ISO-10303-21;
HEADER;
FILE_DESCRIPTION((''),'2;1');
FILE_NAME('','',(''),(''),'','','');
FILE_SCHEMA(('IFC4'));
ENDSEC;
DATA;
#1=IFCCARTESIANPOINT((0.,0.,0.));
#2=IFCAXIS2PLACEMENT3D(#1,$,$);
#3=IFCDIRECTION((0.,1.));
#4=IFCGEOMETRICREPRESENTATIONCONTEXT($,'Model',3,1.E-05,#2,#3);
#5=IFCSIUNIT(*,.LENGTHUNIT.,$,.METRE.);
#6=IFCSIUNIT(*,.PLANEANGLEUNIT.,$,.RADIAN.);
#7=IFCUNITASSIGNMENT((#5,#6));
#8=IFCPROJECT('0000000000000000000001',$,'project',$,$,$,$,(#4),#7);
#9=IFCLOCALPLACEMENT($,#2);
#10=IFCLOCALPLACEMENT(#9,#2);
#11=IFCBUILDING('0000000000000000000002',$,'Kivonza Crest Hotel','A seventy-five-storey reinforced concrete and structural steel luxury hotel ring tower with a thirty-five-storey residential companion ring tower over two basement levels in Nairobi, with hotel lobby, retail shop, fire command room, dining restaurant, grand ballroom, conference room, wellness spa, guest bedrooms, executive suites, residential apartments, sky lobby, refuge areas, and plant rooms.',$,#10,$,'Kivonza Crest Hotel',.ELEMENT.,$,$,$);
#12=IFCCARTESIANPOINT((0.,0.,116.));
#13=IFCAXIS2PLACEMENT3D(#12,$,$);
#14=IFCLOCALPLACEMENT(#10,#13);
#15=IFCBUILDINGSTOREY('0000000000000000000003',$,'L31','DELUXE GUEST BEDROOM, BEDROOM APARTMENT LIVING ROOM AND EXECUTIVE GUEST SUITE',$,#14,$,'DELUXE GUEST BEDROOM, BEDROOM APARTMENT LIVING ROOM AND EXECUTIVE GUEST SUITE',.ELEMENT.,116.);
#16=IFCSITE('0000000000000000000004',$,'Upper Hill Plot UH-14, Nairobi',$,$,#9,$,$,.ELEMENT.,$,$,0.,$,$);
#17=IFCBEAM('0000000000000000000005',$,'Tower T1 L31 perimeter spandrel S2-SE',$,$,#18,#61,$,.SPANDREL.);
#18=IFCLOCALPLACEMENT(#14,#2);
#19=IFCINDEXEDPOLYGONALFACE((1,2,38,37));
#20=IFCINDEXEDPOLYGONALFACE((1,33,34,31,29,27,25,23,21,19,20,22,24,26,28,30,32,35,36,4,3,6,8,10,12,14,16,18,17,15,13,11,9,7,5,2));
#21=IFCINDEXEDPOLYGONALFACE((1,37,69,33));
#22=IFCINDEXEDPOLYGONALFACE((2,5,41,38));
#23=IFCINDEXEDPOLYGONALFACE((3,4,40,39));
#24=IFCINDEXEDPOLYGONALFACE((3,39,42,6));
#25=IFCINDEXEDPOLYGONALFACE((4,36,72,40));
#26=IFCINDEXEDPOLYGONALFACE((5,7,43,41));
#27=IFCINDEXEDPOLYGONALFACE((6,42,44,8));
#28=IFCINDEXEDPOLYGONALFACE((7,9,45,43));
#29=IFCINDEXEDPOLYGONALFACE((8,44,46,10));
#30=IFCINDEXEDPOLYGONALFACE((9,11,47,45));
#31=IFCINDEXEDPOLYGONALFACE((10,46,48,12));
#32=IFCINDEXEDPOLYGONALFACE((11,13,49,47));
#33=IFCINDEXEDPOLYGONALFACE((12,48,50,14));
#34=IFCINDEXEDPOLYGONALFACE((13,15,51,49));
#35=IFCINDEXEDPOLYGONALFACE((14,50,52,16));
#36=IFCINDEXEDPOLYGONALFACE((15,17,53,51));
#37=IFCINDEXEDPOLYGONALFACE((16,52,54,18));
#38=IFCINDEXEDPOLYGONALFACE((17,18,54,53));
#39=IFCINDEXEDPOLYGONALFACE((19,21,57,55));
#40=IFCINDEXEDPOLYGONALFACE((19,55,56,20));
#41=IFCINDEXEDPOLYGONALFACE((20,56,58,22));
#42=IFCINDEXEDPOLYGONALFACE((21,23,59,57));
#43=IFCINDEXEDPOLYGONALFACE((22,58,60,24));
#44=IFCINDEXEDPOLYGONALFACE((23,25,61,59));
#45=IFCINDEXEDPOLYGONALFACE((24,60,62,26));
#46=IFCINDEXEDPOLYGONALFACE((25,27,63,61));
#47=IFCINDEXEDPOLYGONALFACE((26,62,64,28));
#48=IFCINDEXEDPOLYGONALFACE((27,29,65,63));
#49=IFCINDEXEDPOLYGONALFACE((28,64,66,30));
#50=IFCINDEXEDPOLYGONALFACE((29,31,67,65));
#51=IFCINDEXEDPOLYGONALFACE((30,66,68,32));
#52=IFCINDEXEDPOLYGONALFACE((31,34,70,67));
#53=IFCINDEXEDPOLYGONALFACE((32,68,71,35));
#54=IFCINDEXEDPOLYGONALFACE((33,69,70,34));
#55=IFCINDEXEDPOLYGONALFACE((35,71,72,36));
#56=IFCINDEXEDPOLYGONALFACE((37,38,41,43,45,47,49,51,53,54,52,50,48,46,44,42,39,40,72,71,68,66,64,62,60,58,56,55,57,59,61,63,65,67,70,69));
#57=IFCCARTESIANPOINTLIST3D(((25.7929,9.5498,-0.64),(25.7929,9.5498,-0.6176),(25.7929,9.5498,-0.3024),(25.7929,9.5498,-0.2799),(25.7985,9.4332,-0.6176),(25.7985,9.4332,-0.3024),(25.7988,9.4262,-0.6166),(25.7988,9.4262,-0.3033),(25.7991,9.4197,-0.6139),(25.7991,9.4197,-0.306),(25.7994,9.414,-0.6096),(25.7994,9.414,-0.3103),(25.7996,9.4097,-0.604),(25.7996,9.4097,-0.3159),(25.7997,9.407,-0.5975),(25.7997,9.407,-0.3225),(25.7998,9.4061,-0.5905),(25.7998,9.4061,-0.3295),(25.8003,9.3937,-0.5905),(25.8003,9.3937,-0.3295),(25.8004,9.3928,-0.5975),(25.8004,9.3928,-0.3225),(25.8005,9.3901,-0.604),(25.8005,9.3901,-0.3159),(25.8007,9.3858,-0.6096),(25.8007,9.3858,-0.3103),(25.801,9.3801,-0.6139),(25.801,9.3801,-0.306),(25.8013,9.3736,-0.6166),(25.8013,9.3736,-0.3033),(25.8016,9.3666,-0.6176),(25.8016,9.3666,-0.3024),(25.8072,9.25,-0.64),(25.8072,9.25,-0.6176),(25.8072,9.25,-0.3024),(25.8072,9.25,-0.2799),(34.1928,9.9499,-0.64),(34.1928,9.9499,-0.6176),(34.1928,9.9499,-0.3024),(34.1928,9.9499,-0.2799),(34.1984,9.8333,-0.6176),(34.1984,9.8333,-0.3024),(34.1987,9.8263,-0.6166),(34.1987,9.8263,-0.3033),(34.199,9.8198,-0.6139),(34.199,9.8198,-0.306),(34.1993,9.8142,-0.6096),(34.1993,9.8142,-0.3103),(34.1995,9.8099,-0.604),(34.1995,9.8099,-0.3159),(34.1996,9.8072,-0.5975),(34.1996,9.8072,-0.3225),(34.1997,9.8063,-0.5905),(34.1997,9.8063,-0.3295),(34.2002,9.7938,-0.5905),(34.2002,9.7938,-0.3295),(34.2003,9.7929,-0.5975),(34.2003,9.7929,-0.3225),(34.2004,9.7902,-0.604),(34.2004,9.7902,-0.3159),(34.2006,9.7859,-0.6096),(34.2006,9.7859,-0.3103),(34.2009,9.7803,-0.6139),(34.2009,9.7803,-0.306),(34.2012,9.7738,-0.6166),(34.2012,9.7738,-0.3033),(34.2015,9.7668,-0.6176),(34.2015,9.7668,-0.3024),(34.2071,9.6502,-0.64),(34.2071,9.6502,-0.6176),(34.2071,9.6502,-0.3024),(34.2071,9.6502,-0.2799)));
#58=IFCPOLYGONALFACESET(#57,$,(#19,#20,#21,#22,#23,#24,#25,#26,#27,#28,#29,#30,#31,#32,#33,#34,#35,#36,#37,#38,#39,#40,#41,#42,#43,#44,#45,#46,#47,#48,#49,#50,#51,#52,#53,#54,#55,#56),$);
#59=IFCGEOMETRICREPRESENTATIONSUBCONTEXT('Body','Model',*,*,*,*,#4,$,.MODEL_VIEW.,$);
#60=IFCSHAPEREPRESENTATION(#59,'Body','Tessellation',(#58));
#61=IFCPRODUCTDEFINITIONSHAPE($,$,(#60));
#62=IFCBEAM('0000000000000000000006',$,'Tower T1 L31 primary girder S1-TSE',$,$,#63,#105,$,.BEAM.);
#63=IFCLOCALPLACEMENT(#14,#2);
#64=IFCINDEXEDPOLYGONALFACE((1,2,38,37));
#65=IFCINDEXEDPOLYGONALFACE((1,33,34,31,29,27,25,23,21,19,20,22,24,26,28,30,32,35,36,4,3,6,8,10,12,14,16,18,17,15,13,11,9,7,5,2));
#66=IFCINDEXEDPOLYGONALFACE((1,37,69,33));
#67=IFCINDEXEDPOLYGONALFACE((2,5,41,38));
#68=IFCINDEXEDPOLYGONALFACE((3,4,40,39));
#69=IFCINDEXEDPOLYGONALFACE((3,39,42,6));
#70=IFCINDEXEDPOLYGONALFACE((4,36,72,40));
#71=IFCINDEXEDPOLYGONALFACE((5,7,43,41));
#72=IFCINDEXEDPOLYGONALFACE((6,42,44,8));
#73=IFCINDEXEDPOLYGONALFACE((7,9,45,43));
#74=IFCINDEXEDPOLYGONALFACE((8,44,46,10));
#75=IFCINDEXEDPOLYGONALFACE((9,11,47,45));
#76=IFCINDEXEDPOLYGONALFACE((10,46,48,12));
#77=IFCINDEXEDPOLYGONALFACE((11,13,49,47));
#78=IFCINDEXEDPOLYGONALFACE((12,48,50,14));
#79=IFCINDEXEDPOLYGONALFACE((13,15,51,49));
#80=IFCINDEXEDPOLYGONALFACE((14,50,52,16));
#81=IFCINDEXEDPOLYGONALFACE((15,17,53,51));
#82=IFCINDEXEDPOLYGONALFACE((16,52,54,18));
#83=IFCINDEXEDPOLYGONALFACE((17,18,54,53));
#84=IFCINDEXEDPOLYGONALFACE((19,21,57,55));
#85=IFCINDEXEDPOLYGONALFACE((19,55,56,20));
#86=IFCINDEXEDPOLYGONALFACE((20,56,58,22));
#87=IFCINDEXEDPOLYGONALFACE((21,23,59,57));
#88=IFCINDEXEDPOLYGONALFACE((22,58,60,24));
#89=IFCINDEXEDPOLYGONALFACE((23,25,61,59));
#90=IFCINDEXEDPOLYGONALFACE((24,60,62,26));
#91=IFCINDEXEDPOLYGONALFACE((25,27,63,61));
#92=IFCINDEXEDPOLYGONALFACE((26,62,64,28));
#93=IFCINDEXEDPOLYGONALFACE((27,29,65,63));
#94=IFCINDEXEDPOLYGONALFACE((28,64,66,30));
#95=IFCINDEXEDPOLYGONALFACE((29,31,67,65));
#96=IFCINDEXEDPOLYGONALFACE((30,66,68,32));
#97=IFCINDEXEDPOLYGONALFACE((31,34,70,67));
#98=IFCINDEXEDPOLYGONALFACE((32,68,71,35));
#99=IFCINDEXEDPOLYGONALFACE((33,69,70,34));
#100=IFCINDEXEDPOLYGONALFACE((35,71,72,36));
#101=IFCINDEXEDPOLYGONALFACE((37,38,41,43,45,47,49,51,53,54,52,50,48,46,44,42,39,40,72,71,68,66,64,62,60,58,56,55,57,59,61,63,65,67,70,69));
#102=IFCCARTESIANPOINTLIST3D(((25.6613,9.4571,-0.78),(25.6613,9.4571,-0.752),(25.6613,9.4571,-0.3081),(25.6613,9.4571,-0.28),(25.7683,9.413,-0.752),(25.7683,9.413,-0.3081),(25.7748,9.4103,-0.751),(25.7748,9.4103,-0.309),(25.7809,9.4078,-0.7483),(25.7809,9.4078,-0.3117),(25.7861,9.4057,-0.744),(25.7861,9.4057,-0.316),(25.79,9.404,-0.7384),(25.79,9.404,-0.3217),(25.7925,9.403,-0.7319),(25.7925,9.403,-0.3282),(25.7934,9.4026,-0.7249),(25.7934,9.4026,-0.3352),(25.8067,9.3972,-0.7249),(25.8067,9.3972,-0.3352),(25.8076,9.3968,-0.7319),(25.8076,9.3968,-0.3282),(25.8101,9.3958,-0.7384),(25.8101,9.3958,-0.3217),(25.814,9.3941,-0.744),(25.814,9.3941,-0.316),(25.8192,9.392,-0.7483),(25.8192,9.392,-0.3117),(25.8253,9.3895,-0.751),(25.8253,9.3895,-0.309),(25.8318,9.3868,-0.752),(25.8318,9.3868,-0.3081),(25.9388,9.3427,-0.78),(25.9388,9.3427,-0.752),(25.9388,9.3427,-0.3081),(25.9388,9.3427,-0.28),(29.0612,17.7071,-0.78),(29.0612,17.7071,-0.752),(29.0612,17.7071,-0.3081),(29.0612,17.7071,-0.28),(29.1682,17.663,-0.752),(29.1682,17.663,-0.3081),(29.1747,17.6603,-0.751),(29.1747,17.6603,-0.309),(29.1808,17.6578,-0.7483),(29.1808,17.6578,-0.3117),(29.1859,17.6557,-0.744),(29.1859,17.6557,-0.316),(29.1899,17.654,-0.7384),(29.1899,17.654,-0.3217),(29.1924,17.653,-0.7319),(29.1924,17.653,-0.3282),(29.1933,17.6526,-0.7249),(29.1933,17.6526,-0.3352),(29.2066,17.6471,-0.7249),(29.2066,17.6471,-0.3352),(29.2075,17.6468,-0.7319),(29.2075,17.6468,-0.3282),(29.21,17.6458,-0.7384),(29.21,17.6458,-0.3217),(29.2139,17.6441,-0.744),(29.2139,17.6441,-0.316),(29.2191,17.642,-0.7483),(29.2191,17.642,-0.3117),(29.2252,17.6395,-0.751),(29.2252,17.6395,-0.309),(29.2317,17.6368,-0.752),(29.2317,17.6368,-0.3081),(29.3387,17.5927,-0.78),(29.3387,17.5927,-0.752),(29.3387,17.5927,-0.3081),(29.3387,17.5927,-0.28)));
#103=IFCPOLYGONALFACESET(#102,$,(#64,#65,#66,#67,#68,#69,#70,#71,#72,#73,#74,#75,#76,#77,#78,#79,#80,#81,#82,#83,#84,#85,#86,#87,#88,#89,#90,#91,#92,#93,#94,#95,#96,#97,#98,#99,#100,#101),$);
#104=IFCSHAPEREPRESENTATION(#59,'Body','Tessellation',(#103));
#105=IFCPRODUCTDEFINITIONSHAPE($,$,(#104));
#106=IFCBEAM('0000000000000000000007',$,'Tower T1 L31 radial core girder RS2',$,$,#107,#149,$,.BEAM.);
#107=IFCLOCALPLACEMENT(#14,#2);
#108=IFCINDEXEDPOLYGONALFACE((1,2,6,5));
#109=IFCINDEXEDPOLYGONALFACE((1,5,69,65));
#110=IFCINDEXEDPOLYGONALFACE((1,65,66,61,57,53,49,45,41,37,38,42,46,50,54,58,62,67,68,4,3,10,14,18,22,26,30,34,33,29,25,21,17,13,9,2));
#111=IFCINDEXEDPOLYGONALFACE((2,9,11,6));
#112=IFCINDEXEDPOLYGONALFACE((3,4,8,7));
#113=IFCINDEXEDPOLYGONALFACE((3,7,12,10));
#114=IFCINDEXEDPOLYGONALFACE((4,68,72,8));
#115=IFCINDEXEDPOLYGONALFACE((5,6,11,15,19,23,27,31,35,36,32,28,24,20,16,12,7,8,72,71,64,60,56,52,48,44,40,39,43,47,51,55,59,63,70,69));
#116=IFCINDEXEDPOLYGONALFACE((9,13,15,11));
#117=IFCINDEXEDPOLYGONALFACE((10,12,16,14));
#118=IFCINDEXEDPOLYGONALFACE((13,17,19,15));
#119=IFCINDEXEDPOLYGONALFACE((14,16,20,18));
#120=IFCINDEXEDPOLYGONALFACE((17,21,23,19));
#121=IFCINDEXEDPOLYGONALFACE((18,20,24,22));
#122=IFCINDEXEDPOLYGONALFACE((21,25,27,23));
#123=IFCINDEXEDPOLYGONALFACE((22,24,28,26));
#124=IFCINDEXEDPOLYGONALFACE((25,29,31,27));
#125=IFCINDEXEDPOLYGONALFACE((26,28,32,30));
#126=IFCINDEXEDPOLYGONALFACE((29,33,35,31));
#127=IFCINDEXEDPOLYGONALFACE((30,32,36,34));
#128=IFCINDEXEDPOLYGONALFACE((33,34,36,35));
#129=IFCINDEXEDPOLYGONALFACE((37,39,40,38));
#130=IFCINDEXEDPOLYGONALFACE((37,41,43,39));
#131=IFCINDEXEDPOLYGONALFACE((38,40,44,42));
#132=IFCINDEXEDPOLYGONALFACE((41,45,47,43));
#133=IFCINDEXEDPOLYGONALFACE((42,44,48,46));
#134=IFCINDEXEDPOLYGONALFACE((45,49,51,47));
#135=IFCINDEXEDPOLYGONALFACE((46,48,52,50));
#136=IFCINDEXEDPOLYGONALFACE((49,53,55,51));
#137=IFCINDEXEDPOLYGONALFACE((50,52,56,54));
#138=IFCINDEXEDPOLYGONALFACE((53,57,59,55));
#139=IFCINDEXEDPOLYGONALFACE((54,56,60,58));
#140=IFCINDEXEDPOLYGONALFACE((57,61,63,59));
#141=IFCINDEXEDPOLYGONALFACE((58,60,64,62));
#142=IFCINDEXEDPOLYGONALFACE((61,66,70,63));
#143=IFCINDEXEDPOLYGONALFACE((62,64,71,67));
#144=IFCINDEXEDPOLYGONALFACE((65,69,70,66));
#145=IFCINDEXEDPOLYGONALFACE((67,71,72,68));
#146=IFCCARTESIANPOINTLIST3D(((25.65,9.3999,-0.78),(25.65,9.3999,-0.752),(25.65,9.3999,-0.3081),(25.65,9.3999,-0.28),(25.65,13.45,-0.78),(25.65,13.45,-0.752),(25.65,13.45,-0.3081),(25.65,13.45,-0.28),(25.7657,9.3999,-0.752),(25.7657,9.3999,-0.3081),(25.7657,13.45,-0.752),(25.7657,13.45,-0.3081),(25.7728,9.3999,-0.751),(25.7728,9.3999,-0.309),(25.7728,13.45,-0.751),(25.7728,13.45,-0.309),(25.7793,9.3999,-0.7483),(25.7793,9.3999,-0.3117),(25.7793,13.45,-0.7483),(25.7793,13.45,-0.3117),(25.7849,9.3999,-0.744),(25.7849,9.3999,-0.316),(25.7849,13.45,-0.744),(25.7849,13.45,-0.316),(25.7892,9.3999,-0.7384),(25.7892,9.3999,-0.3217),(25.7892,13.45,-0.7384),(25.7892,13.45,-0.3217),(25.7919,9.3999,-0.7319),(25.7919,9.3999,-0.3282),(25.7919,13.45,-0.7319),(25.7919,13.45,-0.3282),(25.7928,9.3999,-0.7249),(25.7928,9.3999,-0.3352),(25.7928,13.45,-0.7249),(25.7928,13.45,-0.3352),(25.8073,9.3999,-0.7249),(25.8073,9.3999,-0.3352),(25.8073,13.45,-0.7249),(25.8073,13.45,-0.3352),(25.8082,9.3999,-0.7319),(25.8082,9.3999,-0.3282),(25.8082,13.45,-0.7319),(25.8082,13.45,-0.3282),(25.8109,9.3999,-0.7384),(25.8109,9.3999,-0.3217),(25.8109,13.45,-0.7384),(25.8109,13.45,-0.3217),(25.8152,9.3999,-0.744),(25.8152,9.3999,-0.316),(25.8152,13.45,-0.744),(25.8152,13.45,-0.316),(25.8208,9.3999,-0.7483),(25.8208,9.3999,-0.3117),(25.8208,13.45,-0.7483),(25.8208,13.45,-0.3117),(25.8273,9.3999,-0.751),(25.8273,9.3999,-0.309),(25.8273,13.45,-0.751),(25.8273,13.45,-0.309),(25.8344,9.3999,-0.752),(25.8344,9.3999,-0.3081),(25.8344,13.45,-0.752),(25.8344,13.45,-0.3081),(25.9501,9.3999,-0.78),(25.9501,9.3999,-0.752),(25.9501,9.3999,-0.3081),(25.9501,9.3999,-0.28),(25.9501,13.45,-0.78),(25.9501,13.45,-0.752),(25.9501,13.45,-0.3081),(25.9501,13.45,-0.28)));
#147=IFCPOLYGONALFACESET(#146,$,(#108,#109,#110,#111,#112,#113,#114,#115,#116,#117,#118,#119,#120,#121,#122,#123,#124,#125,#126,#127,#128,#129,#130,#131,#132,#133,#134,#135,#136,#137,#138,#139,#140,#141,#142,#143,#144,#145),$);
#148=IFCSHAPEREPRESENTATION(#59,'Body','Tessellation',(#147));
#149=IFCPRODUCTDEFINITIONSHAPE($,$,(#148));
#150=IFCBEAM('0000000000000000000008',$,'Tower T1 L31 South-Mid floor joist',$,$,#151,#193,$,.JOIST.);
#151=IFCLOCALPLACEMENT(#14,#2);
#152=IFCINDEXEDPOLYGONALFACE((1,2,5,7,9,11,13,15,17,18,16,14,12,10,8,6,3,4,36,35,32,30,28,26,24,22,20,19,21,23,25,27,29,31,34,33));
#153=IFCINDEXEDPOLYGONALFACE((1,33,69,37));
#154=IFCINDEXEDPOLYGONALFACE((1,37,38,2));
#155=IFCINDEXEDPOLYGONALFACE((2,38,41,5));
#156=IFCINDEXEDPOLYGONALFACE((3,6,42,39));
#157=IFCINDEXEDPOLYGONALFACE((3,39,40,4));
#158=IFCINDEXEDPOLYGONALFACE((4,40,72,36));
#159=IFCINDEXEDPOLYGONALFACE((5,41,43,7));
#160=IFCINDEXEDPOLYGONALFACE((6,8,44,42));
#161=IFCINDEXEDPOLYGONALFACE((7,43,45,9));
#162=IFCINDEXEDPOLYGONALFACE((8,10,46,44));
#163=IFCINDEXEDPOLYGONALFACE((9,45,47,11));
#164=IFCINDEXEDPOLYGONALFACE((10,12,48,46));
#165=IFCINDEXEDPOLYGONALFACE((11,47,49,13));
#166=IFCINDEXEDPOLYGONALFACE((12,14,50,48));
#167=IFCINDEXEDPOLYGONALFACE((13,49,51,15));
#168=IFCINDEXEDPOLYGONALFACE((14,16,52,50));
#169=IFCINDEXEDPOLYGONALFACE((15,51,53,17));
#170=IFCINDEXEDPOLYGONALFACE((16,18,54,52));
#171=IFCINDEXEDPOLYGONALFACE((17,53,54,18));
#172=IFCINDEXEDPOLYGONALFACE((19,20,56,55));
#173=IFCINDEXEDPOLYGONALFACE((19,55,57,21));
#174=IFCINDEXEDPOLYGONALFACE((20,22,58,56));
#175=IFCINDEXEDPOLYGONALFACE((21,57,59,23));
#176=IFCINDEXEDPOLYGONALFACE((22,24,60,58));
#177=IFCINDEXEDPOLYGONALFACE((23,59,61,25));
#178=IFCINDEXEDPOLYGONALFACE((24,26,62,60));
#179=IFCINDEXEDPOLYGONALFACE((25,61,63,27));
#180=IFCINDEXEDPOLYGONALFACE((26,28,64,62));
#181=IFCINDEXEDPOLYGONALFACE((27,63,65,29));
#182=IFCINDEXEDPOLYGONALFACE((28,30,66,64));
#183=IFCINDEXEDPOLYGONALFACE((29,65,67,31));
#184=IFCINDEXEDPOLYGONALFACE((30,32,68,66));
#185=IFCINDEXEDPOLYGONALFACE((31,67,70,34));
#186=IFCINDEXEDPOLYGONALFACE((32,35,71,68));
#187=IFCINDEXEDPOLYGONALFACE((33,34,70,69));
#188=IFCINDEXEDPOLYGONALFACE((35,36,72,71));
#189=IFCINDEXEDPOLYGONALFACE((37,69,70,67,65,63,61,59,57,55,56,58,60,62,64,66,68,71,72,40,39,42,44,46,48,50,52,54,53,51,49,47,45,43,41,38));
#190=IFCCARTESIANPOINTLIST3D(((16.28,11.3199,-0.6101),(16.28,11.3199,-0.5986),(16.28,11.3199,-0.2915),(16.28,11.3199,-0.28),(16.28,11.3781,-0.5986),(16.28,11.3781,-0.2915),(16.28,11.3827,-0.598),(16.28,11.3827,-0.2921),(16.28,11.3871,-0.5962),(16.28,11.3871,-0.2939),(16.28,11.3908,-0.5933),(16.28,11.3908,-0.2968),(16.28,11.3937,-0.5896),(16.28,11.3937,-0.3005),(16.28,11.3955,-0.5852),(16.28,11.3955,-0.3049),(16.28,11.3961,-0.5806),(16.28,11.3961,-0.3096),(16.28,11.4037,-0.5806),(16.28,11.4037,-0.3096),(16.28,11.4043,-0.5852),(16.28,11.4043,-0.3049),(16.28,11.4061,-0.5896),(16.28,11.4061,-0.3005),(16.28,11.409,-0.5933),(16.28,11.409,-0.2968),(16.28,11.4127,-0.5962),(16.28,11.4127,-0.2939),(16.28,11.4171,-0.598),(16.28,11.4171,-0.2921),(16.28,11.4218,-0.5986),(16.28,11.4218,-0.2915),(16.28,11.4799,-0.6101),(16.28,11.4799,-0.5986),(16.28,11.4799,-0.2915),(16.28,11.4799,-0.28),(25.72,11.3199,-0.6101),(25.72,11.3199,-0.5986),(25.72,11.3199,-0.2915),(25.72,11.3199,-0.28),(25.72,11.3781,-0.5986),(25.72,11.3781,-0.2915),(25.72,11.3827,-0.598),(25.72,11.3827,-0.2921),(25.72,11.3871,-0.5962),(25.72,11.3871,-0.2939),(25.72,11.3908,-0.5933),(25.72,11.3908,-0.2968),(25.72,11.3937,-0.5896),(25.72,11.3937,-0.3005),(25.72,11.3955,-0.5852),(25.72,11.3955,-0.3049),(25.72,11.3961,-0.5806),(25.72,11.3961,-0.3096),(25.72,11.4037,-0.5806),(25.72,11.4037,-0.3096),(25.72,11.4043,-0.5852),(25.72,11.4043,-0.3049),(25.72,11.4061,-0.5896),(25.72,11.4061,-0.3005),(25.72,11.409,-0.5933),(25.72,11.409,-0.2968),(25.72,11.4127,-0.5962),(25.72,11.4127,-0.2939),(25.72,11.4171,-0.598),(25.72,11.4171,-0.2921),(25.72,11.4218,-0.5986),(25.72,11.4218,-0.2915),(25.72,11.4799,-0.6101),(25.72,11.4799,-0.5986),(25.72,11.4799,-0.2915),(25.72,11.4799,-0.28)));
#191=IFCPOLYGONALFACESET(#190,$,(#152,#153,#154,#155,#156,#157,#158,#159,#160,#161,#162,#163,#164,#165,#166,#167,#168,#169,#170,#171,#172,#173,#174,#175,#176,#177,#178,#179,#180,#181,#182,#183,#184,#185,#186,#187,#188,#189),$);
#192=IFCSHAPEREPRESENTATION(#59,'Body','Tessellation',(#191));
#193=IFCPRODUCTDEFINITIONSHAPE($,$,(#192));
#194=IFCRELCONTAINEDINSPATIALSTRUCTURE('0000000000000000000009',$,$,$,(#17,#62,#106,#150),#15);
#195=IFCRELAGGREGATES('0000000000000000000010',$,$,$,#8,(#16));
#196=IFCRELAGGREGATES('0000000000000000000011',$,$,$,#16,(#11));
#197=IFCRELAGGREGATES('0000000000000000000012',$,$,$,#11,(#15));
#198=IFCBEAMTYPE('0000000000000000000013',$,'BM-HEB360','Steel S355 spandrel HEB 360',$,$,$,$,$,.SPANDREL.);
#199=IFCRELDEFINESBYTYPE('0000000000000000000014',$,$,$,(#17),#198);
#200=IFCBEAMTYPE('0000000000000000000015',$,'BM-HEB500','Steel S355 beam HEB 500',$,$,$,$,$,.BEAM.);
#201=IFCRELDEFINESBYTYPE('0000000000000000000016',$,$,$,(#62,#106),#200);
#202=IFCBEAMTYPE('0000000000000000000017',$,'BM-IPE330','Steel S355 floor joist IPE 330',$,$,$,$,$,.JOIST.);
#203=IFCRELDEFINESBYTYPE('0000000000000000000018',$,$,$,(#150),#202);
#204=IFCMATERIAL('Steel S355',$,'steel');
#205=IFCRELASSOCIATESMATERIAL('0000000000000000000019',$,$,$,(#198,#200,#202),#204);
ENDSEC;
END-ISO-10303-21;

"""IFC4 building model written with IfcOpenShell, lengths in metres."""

from ifc_helpers import new_model, si_unit, direction, frame, origin, origin_2d, place, context, subcontext, project, spatial, i_section, extrude, material, material_profile, profile_set, type_object, element, save


model = new_model("IFC4")

# Units and contexts
model_context = context("Model", 3, precision=1e-05, world=origin(), true_north=direction((0.0, 1.0)))
body_context = subcontext(model_context, "Body", "Model", "MODEL_VIEW")
ifc_project = project(units=[si_unit("LENGTHUNIT", "METRE"), si_unit("PLANEANGLEUNIT", "RADIAN")], contexts=[model_context])

# Site, building, storey
site_placement = place(None, origin())
site = spatial("IfcSite", under=ifc_project, at=site_placement, Name="Upper Hill Plot UH-14, Nairobi", CompositionType="ELEMENT", RefElevation=0.0)
building_placement = place(site_placement, origin())
building = spatial("IfcBuilding", under=site, at=building_placement, Name="Kivonza Crest Hotel", Description="A seventy-five-storey reinforced concrete and structural steel luxury hotel ring tower with a thirty-five-storey residential companion ring tower over two basement levels in Nairobi, with hotel lobby, retail shop, fire command room, dining restaurant, grand ballroom, conference room, wellness spa, guest bedrooms, executive suites, residential apartments, sky lobby, refuge areas, and plant rooms.", LongName="Kivonza Crest Hotel", CompositionType="ELEMENT")
storey_placement = place(building_placement, frame((0.0, 0.0, 116.0)))
storey = spatial("IfcBuildingStorey", under=building, at=storey_placement, Name="L31", Description="DELUXE GUEST BEDROOM, BEDROOM APARTMENT LIVING ROOM AND EXECUTIVE GUEST SUITE", LongName="DELUXE GUEST BEDROOM, BEDROOM APARTMENT LIVING ROOM AND EXECUTIVE GUEST SUITE", CompositionType="ELEMENT", Elevation=116.0)

# Beams
ifc_material_1 = material(Name="Steel S355", Category="steel")
ifc_material_profile_1 = material_profile(ifc_material_1, i_section(OverallWidth=0.3, OverallDepth=0.3601, WebThickness=0.0125, FlangeThickness=0.0225, FilletRadius=0.0271, at=origin_2d()), Name="HEB 360")
ifc_profile_set_1 = profile_set([ifc_material_profile_1], Name="Steel S355")
beam_type_1 = type_object("IfcBeamType", Name="BM-HEB360", Description="Steel S355 spandrel HEB 360", PredefinedType="SPANDREL", material=ifc_profile_set_1)
beam_1_placement = place(storey_placement, frame((25.8, 9.3999, -0.46), z_axis=(0.998867, 0.047583, 0.0), x_axis=(-0.047583, 0.998867, 0.0)))
element("IfcBeam", 1, at=beam_1_placement, inside=storey, type_object=beam_type_1, Name="Tower T1 L31 perimeter spandrel S2-SE", PredefinedType="SPANDREL", context=body_context, shape_type="SweptSolid", body=[
    extrude(i_section(OverallWidth=0.3, OverallDepth=0.3601, WebThickness=0.0125, FlangeThickness=0.0225, FilletRadius=0.0271, at=origin_2d()), origin(), (0.0, 0.0, 1.0), 8.4094),
])
ifc_material_profile_2 = material_profile(ifc_material_1, i_section(OverallWidth=0.3, OverallDepth=0.5, WebThickness=0.0144, FlangeThickness=0.0281, FilletRadius=0.0271, at=origin_2d()), Name="HEB 500")
ifc_profile_set_2 = profile_set([ifc_material_profile_2], Name="Steel S355")
beam_type_2 = type_object("IfcBeamType", Name="BM-HEB500", Description="Steel S355 beam HEB 500", PredefinedType="BEAM", material=ifc_profile_set_2)
beam_2_placement = place(storey_placement, frame((25.8, 9.3999, -0.53), z_axis=(0.381022, 0.924566, 0.0), x_axis=(-0.924566, 0.381022, 0.0)))
element("IfcBeam", 2, at=beam_2_placement, inside=storey, type_object=beam_type_2, Name="Tower T1 L31 primary girder S1-TSE", PredefinedType="BEAM", context=body_context, shape_type="SweptSolid", body=[
    extrude(i_section(OverallWidth=0.3, OverallDepth=0.5, WebThickness=0.0144, FlangeThickness=0.0281, FilletRadius=0.0271, at=origin_2d()), origin(), (0.0, 0.0, 1.0), 8.9231),
])
beam_3_placement = place(storey_placement, frame((25.8, 9.3999, -0.53), z_axis=(0.0, 1.0, 0.0), x_axis=(-1.0, 0.0, 0.0)))
element("IfcBeam", 3, at=beam_3_placement, inside=storey, type_object=beam_type_2, Name="Tower T1 L31 radial core girder RS2", PredefinedType="BEAM", context=body_context, shape_type="SweptSolid", body=[
    extrude(i_section(OverallWidth=0.3, OverallDepth=0.5, WebThickness=0.0144, FlangeThickness=0.0281, FilletRadius=0.0271, at=origin_2d()), origin(), (0.0, 0.0, 1.0), 4.05),
])
ifc_material_profile_3 = material_profile(ifc_material_1, i_section(OverallWidth=0.1599, OverallDepth=0.3301, WebThickness=0.0076, FlangeThickness=0.0115, FilletRadius=0.0181, at=origin_2d()), Name="IPE 330")
ifc_profile_set_3 = profile_set([ifc_material_profile_3], Name="Steel S355")
beam_type_3 = type_object("IfcBeamType", Name="BM-IPE330", Description="Steel S355 floor joist IPE 330", PredefinedType="JOIST", material=ifc_profile_set_3)
beam_4_placement = place(storey_placement, frame((16.28, 11.3999, -0.4451), z_axis=(1.0, 0.0, 0.0), x_axis=(0.0, 1.0, 0.0)))
element("IfcBeam", 4, at=beam_4_placement, inside=storey, type_object=beam_type_3, Name="Tower T1 L31 South-Mid floor joist", PredefinedType="JOIST", context=body_context, shape_type="SweptSolid", body=[
    extrude(i_section(OverallWidth=0.1599, OverallDepth=0.3301, WebThickness=0.0076, FlangeThickness=0.0115, FilletRadius=0.0181, at=origin_2d()), origin(), (0.0, 0.0, 1.0), 9.4399),
])

save(model, "model.ifc")
